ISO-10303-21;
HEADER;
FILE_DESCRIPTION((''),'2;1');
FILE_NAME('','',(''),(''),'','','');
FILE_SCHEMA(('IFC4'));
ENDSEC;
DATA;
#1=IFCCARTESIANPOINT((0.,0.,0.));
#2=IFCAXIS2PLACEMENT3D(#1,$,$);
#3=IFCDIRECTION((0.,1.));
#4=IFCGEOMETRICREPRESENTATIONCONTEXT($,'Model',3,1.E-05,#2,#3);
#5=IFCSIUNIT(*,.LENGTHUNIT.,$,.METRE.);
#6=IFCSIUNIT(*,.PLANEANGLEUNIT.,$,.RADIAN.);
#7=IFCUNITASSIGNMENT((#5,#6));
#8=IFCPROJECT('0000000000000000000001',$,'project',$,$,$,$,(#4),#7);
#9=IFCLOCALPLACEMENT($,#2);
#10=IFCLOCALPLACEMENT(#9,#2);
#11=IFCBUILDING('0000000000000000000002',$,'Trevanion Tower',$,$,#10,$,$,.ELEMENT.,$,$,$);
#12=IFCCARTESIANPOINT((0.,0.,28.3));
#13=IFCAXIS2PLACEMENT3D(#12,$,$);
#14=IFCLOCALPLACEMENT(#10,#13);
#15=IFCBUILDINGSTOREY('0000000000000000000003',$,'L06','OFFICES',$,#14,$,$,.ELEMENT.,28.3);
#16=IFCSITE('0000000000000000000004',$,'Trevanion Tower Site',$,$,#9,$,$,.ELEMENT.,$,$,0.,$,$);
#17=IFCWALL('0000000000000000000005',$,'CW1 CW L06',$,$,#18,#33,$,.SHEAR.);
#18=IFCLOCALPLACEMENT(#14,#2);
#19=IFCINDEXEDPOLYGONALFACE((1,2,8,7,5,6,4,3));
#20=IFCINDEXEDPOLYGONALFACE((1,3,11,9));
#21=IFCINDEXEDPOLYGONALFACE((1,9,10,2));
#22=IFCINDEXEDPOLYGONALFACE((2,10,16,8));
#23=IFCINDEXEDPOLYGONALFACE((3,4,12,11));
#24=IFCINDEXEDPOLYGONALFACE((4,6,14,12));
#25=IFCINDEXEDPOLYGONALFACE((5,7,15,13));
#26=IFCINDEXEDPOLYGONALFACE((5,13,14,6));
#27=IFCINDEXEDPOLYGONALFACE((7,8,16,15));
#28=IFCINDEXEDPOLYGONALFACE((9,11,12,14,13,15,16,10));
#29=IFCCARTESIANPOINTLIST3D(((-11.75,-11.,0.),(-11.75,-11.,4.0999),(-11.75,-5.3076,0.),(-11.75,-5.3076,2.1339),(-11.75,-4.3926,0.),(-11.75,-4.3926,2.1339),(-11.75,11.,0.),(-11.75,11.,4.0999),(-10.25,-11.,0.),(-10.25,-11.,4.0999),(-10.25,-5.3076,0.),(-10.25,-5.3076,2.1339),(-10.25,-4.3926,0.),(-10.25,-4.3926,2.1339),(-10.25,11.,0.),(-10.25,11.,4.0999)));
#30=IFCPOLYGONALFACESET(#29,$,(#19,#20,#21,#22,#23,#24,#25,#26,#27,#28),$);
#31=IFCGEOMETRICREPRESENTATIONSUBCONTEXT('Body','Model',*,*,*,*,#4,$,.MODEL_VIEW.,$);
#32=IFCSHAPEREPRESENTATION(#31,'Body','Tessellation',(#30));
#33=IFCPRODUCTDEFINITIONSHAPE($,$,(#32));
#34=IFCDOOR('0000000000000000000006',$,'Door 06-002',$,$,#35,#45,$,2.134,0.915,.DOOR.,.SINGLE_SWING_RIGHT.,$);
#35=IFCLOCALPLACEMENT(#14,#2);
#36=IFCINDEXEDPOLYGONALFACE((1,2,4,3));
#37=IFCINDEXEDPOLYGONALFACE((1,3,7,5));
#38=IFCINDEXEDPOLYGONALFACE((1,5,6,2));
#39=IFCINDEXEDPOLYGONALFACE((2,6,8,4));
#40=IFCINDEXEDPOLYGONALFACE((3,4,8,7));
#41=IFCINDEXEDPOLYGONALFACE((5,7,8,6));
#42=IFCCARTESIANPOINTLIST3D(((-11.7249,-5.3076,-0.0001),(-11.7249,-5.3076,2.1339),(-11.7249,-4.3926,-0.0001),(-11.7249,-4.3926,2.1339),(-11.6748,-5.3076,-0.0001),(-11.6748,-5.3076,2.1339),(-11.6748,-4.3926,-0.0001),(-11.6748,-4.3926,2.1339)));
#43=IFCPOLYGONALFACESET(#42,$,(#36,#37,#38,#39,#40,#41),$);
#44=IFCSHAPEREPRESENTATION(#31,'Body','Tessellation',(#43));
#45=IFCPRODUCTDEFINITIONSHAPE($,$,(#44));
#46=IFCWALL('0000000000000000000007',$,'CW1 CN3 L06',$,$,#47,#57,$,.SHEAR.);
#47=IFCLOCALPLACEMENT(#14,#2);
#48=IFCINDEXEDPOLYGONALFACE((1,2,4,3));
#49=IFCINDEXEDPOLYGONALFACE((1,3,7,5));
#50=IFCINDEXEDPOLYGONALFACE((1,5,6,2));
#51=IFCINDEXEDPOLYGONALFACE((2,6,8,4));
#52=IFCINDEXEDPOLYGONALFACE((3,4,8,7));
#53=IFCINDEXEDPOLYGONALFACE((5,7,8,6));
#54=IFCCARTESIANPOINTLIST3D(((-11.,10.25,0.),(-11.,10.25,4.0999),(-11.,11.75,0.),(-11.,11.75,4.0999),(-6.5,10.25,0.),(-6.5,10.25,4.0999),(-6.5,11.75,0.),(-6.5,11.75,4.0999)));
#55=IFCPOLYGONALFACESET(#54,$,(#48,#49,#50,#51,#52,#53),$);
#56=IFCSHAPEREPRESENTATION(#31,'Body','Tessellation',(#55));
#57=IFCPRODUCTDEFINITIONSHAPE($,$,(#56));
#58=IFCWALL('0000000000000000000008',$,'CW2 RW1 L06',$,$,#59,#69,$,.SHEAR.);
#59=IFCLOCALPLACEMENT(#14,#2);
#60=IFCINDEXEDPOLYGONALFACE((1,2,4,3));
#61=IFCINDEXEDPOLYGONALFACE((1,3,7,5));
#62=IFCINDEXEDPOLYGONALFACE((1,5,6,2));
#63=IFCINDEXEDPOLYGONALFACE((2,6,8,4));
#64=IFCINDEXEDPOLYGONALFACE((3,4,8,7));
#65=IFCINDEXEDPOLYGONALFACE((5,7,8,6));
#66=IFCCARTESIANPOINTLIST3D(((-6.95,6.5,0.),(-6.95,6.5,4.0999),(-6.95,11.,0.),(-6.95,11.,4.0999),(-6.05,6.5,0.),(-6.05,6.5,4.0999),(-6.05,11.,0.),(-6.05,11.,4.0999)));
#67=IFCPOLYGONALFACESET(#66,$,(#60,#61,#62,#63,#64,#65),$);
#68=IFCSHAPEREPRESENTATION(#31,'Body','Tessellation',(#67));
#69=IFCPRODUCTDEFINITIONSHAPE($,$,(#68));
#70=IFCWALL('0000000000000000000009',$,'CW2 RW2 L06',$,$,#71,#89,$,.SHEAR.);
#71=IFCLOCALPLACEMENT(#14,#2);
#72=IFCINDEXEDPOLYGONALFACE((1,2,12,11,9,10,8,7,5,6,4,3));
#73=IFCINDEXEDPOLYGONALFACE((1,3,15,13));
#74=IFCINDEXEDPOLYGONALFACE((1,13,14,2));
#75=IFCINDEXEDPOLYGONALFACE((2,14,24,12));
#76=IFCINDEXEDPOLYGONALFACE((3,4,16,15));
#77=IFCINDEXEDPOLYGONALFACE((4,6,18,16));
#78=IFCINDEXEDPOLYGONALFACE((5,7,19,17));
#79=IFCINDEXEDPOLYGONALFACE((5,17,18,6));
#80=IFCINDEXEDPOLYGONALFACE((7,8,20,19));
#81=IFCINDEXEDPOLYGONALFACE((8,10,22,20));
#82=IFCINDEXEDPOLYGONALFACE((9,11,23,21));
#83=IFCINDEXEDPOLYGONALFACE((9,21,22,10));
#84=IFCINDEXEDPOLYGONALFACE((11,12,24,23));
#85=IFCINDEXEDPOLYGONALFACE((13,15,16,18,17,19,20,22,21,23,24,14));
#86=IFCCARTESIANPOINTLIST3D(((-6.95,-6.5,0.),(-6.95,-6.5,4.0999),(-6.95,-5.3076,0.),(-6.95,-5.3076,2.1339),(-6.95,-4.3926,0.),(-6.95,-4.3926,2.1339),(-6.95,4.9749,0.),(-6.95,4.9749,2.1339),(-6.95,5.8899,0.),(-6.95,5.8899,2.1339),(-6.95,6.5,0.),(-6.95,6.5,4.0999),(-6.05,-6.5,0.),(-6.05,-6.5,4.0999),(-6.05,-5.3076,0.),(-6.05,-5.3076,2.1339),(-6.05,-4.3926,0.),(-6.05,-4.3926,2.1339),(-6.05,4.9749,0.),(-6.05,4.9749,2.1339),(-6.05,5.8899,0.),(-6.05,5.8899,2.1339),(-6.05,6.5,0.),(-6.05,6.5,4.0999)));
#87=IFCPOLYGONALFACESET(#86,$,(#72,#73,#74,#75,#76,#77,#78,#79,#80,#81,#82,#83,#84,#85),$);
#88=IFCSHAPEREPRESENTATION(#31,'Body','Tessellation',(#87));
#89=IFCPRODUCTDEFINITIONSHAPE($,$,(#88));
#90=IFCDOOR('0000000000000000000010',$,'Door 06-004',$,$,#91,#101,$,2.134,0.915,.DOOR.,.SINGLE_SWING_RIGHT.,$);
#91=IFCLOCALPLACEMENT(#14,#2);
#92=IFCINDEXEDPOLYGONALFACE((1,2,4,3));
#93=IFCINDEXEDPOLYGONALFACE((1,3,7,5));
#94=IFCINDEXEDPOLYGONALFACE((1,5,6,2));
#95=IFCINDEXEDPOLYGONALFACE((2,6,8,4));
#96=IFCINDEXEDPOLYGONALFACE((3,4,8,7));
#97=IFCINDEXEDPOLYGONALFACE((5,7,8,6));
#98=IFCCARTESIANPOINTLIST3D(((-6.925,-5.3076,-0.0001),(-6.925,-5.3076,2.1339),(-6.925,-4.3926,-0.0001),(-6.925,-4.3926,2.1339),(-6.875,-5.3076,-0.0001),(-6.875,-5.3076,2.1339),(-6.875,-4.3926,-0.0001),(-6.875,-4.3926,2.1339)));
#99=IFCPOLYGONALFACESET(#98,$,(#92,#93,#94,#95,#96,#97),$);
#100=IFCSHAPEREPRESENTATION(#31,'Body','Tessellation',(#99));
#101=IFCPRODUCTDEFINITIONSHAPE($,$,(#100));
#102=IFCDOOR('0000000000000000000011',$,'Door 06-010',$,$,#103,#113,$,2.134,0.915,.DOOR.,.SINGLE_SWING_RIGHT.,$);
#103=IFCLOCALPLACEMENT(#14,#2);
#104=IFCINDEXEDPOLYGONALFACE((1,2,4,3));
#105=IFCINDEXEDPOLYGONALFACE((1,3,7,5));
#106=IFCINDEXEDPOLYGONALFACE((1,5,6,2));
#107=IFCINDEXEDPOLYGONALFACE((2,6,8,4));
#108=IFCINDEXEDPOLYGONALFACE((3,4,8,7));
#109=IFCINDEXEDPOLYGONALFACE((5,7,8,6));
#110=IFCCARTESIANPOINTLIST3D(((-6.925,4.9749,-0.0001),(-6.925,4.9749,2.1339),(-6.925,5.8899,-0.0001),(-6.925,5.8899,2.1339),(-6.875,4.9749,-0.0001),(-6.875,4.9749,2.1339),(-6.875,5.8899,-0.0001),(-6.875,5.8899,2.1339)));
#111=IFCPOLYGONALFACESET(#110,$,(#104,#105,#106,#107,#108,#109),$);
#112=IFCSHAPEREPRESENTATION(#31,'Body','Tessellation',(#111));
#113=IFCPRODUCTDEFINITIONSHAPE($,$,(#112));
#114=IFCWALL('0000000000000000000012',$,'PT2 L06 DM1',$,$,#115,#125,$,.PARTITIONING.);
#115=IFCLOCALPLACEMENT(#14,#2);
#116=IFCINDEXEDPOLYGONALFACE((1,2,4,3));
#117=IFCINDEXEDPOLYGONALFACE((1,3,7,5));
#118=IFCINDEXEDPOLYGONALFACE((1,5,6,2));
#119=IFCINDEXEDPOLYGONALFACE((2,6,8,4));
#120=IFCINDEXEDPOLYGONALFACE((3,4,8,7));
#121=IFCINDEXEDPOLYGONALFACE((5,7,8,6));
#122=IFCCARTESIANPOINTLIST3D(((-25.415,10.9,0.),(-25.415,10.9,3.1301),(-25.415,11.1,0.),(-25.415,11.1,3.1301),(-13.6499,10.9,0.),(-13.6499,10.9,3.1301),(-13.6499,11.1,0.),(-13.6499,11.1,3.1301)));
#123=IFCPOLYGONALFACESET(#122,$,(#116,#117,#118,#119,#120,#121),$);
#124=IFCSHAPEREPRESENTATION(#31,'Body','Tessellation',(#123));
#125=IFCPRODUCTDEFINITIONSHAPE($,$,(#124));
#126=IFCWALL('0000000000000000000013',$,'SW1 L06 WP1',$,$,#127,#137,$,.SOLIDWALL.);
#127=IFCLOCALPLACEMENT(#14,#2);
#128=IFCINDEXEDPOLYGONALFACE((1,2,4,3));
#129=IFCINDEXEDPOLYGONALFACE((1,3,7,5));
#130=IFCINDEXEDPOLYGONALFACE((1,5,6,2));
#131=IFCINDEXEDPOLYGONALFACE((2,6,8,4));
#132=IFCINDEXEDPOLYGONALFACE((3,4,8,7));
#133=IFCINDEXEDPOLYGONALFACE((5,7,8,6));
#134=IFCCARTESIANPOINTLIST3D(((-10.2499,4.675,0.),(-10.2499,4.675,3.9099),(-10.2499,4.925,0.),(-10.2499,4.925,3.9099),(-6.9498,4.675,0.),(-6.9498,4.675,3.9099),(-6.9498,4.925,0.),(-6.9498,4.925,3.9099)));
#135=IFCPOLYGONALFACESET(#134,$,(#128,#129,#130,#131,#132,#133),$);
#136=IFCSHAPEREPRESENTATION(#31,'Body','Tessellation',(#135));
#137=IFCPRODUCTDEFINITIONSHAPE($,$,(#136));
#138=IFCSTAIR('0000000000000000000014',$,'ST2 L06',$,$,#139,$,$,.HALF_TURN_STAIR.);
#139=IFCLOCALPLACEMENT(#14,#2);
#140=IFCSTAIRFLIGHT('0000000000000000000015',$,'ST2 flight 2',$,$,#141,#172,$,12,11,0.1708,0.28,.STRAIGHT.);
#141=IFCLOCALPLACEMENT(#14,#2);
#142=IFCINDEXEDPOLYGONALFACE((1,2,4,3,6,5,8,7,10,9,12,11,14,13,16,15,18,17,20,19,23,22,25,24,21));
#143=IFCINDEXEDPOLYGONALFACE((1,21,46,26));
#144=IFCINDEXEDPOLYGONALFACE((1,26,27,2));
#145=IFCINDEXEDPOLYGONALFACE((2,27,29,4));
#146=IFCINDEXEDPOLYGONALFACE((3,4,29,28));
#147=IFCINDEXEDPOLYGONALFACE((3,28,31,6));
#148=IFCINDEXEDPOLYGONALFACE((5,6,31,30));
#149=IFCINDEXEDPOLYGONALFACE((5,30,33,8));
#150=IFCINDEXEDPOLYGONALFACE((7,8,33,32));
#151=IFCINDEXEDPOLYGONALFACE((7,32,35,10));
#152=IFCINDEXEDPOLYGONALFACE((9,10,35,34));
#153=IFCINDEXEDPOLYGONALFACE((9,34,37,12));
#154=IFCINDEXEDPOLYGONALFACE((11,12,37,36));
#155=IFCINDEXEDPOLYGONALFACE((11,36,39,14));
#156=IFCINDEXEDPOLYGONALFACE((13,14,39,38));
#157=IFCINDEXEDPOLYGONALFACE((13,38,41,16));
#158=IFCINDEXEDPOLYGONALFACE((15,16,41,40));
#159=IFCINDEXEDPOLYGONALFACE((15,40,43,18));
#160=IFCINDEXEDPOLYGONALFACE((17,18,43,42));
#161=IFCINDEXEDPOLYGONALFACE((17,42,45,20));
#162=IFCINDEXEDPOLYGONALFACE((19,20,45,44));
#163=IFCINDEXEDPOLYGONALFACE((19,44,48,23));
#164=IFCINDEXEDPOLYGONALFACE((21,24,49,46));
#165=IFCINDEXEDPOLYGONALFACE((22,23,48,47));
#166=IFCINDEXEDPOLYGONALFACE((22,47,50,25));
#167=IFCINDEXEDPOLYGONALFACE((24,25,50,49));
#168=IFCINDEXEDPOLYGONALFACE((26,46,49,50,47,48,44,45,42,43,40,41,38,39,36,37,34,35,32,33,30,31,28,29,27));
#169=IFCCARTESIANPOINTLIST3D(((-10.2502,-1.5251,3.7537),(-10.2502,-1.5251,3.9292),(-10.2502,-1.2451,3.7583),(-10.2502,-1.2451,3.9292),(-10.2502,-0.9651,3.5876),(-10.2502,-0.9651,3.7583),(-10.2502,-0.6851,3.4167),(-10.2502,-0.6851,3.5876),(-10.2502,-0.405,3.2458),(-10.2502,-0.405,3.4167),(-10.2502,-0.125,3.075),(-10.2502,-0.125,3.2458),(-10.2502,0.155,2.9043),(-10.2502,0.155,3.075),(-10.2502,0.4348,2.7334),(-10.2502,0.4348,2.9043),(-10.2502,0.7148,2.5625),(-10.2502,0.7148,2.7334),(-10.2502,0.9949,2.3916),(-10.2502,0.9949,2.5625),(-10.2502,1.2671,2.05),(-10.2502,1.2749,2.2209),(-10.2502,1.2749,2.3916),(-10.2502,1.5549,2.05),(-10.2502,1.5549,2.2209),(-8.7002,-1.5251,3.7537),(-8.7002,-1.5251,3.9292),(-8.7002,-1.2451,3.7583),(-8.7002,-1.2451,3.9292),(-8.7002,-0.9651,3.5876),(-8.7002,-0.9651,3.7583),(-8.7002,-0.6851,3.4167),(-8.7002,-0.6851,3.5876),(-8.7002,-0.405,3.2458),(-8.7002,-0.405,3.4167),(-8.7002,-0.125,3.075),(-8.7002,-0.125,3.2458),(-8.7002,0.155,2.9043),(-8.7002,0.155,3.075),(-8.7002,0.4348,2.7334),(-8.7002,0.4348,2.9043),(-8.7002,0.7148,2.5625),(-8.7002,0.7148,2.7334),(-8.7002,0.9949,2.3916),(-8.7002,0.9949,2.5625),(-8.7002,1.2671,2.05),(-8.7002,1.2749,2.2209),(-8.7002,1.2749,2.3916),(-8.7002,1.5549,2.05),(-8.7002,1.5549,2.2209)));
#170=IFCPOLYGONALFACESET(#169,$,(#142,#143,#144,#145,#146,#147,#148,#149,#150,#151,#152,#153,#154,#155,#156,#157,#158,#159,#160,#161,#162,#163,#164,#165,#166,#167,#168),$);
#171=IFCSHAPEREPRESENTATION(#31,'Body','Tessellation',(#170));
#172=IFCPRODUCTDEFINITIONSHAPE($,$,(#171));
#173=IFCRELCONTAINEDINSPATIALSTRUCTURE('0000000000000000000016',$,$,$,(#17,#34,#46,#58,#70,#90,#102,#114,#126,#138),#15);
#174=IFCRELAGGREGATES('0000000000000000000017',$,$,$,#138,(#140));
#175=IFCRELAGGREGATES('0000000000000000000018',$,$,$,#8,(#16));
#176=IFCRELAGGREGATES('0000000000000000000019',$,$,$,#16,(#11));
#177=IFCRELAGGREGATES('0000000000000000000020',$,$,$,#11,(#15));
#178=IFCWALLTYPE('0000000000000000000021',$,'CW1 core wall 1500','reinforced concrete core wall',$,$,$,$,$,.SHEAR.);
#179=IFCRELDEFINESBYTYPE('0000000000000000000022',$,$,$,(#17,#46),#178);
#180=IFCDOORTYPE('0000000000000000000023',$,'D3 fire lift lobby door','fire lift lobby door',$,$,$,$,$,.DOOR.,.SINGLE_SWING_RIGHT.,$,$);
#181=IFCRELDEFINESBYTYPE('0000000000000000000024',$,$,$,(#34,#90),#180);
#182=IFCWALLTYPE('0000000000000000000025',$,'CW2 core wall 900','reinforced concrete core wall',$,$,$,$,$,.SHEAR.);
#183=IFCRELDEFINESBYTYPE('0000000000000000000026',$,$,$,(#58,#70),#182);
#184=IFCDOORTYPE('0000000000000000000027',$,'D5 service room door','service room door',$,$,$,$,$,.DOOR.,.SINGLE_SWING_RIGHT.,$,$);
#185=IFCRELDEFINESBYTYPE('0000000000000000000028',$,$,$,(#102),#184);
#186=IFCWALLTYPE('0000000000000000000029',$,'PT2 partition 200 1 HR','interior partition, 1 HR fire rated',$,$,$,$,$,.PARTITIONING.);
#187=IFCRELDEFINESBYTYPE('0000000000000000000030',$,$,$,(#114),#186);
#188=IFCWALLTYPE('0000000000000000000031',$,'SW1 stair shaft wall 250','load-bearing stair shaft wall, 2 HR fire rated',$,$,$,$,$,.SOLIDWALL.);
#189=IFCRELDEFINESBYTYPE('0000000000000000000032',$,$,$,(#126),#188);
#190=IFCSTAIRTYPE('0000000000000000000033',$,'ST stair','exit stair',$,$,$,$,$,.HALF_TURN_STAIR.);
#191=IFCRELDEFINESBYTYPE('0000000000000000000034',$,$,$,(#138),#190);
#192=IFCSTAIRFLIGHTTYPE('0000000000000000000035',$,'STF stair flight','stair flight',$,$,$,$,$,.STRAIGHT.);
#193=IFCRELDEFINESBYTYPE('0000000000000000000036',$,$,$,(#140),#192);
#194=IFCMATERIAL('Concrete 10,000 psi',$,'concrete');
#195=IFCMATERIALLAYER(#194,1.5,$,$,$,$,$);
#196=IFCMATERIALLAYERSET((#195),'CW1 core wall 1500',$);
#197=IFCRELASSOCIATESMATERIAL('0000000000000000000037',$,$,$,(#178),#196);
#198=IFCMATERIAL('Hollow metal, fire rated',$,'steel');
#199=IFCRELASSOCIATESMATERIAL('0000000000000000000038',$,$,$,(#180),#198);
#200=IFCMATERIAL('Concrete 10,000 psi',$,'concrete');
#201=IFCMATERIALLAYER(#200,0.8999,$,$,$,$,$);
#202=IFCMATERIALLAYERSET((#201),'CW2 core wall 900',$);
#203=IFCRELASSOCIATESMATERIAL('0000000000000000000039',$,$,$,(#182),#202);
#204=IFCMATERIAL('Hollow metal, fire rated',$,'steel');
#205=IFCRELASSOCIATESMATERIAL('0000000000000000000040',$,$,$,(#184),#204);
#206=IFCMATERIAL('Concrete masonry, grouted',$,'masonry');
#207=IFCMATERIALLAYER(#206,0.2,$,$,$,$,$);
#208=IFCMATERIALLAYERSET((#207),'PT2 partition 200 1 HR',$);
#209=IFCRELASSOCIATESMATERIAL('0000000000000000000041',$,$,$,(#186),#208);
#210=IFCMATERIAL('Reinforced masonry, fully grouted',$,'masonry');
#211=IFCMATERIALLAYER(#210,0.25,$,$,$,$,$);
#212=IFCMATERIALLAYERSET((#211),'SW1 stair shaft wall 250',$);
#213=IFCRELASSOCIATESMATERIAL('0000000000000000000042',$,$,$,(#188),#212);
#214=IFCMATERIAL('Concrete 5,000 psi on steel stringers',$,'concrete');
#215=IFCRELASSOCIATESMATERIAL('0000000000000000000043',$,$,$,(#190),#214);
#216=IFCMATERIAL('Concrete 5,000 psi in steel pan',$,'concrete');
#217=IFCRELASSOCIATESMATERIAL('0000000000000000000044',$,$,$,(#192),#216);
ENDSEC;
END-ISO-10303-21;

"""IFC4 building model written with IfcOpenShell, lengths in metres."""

from ifc_helpers import new_model, si_unit, direction, frame, frame_2d, origin, place, context, subcontext, project, spatial, polyline, rectangle, outline, extrude, material, layer, layer_set, type_object, element, fill, aggregate, save


model = new_model("IFC4")

# Units and contexts
model_context = context("Model", 3, precision=1e-05, world=origin(), true_north=direction((0.0, 1.0)))
body_context = subcontext(model_context, "Body", "Model", "MODEL_VIEW")
ifc_project = project(units=[si_unit("LENGTHUNIT", "METRE"), si_unit("PLANEANGLEUNIT", "RADIAN")], contexts=[model_context])

# Site, building, storey
site_placement = place(None, origin())
site = spatial("IfcSite", under=ifc_project, at=site_placement, Name="Trevanion Tower Site", CompositionType="ELEMENT", RefElevation=0.0)
building_placement = place(site_placement, origin())
building = spatial("IfcBuilding", under=site, at=building_placement, Name="Trevanion Tower", CompositionType="ELEMENT")
storey_placement = place(building_placement, frame((0.0, 0.0, 28.3)))
storey = spatial("IfcBuildingStorey", under=building, at=storey_placement, Name="L06", Description="OFFICES", CompositionType="ELEMENT", Elevation=28.3)

# Wall, opening, door
ifc_material_1 = material(Name="Concrete 10,000 psi", Category="concrete")
ifc_layer_1 = layer(ifc_material_1, 1.5)
ifc_layer_set_1 = layer_set([ifc_layer_1], Name="CW1 core wall 1500")
wall_type_1 = type_object("IfcWallType", Name="CW1 core wall 1500", Description="reinforced concrete core wall", PredefinedType="SHEAR", material=ifc_layer_set_1)
wall_1_placement = place(storey_placement, frame((-11.0, 11.0, 0.0), z_axis=(0.0, 0.0, 1.0), x_axis=(0.0, -1.0, 0.0)))
wall_1 = element("IfcWall", 1, at=wall_1_placement, inside=storey, type_object=wall_type_1, Name="CW1 CW L06", PredefinedType="SHEAR", context=body_context, shape_type="SweptSolid", body=[
    extrude(rectangle(XDim=22.0, YDim=1.5, at=frame_2d((11.0, 0.0))), origin(), (0.0, 0.0, 1.0), 4.0999),
])
opening_1_placement = place(wall_1_placement, frame((15.3926, 0.0, 0.0)))
opening_1 = element("IfcOpeningElement", 2, at=opening_1_placement, cuts=wall_1, PredefinedType="OPENING", context=body_context, shape_type="SweptSolid", body=[
    extrude(rectangle(XDim=0.915, YDim=2.134, at=frame_2d((0.4575, 1.0669))), frame((0.0, 0.76, 0.0), z_axis=(0.0, -1.0, 0.0), x_axis=(1.0, 0.0, 0.0)), (0.0, 0.0, 1.0), 1.52),
])
ifc_material_2 = material(Name="Hollow metal, fire rated", Category="steel")
door_type_1 = type_object("IfcDoorType", Name="D3 fire lift lobby door", Description="fire lift lobby door", OperationType="SINGLE_SWING_RIGHT", PredefinedType="DOOR", material=ifc_material_2)
door_1_placement = place(opening_1_placement, origin())
door_1 = element("IfcDoor", 3, at=door_1_placement, inside=storey, type_object=door_type_1, Name="Door 06-002", OperationType="SINGLE_SWING_RIGHT", OverallHeight=2.134, OverallWidth=0.915, PredefinedType="DOOR", context=body_context, shape_type="SweptSolid", body=[
    extrude(rectangle(XDim=0.915, YDim=2.134, at=frame_2d((0.4575, 1.0669))), frame((0.0, -0.6748, 0.0), z_axis=(0.0, -1.0, 0.0), x_axis=(1.0, 0.0, 0.0)), (0.0, 0.0, 1.0), 0.05),
])
fill(opening_1, door_1)

# Walls
wall_2_placement = place(storey_placement, frame((-6.5, 11.0, 0.0), z_axis=(0.0, 0.0, 1.0), x_axis=(-1.0, 0.0, 0.0)))
element("IfcWall", 4, at=wall_2_placement, inside=storey, type_object=wall_type_1, Name="CW1 CN3 L06", PredefinedType="SHEAR", context=body_context, shape_type="SweptSolid", body=[
    extrude(rectangle(XDim=4.5, YDim=1.5, at=frame_2d((2.25, 0.0))), origin(), (0.0, 0.0, 1.0), 4.0999),
])
ifc_material_3 = material(Name="Concrete 10,000 psi", Category="concrete")
ifc_layer_2 = layer(ifc_material_3, 0.8999)
ifc_layer_set_2 = layer_set([ifc_layer_2], Name="CW2 core wall 900")
wall_type_2 = type_object("IfcWallType", Name="CW2 core wall 900", Description="reinforced concrete core wall", PredefinedType="SHEAR", material=ifc_layer_set_2)
wall_3_placement = place(storey_placement, frame((-6.5, 11.0, 0.0), z_axis=(0.0, 0.0, 1.0), x_axis=(0.0, -1.0, 0.0)))
element("IfcWall", 5, at=wall_3_placement, inside=storey, type_object=wall_type_2, Name="CW2 RW1 L06", PredefinedType="SHEAR", context=body_context, shape_type="SweptSolid", body=[
    extrude(rectangle(XDim=4.5, YDim=0.8999, at=frame_2d((2.25, 0.0))), origin(), (0.0, 0.0, 1.0), 4.0999),
])

# Wall, openings, doors
wall_4_placement = place(storey_placement, frame((-6.5, 6.5, 0.0), z_axis=(0.0, 0.0, 1.0), x_axis=(0.0, -1.0, 0.0)))
wall_4 = element("IfcWall", 6, at=wall_4_placement, inside=storey, type_object=wall_type_2, Name="CW2 RW2 L06", PredefinedType="SHEAR", context=body_context, shape_type="SweptSolid", body=[
    extrude(rectangle(XDim=13.0, YDim=0.8999, at=frame_2d((6.5, 0.0))), origin(), (0.0, 0.0, 1.0), 4.0999),
])
opening_2_placement = place(wall_4_placement, frame((10.8926, 0.0, 0.0)))
opening_2 = element("IfcOpeningElement", 7, at=opening_2_placement, cuts=wall_4, PredefinedType="OPENING", context=body_context, shape_type="SweptSolid", body=[
    extrude(rectangle(XDim=0.915, YDim=2.134, at=frame_2d((0.4575, 1.0669))), frame((0.0, 0.46, 0.0), z_axis=(0.0, -1.0, 0.0), x_axis=(1.0, 0.0, 0.0)), (0.0, 0.0, 1.0), 0.9199),
])
opening_3_placement = place(wall_4_placement, frame((0.6101, 0.0, 0.0)))
opening_3 = element("IfcOpeningElement", 8, at=opening_3_placement, cuts=wall_4, PredefinedType="OPENING", context=body_context, shape_type="SweptSolid", body=[
    extrude(rectangle(XDim=0.915, YDim=2.134, at=frame_2d((0.4575, 1.0669))), frame((0.0, 0.46, 0.0), z_axis=(0.0, -1.0, 0.0), x_axis=(1.0, 0.0, 0.0)), (0.0, 0.0, 1.0), 0.9199),
])
door_2_placement = place(opening_2_placement, origin())
door_2 = element("IfcDoor", 9, at=door_2_placement, inside=storey, type_object=door_type_1, Name="Door 06-004", OperationType="SINGLE_SWING_RIGHT", OverallHeight=2.134, OverallWidth=0.915, PredefinedType="DOOR", context=body_context, shape_type="SweptSolid", body=[
    extrude(rectangle(XDim=0.915, YDim=2.134, at=frame_2d((0.4575, 1.0669))), frame((0.0, -0.375, 0.0), z_axis=(0.0, -1.0, 0.0), x_axis=(1.0, 0.0, 0.0)), (0.0, 0.0, 1.0), 0.05),
])
fill(opening_2, door_2)
ifc_material_4 = material(Name="Hollow metal, fire rated", Category="steel")
door_type_2 = type_object("IfcDoorType", Name="D5 service room door", Description="service room door", OperationType="SINGLE_SWING_RIGHT", PredefinedType="DOOR", material=ifc_material_4)
door_3_placement = place(opening_3_placement, origin())
door_3 = element("IfcDoor", 10, at=door_3_placement, inside=storey, type_object=door_type_2, Name="Door 06-010", OperationType="SINGLE_SWING_RIGHT", OverallHeight=2.134, OverallWidth=0.915, PredefinedType="DOOR", context=body_context, shape_type="SweptSolid", body=[
    extrude(rectangle(XDim=0.915, YDim=2.134, at=frame_2d((0.4575, 1.0669))), frame((0.0, -0.375, 0.0), z_axis=(0.0, -1.0, 0.0), x_axis=(1.0, 0.0, 0.0)), (0.0, 0.0, 1.0), 0.05),
])
fill(opening_3, door_3)

# Walls
ifc_material_5 = material(Name="Concrete masonry, grouted", Category="masonry")
ifc_layer_3 = layer(ifc_material_5, 0.2)
ifc_layer_set_3 = layer_set([ifc_layer_3], Name="PT2 partition 200 1 HR")
wall_type_3 = type_object("IfcWallType", Name="PT2 partition 200 1 HR", Description="interior partition, 1 HR fire rated", PredefinedType="PARTITIONING", material=ifc_layer_set_3)
wall_5_placement = place(storey_placement, frame((-13.6499, 11.0, 0.0), z_axis=(0.0, 0.0, 1.0), x_axis=(-1.0, 0.0, 0.0)))
element("IfcWall", 11, at=wall_5_placement, inside=storey, type_object=wall_type_3, Name="PT2 L06 DM1", PredefinedType="PARTITIONING", context=body_context, shape_type="SweptSolid", body=[
    extrude(rectangle(XDim=11.7651, YDim=0.2, at=frame_2d((5.8826, 0.0))), origin(), (0.0, 0.0, 1.0), 3.1301),
])
ifc_material_6 = material(Name="Reinforced masonry, fully grouted", Category="masonry")
ifc_layer_4 = layer(ifc_material_6, 0.25)
ifc_layer_set_4 = layer_set([ifc_layer_4], Name="SW1 stair shaft wall 250")
wall_type_4 = type_object("IfcWallType", Name="SW1 stair shaft wall 250", Description="load-bearing stair shaft wall, 2 HR fire rated", PredefinedType="SOLIDWALL", material=ifc_layer_set_4)
wall_6_placement = place(storey_placement, frame((-6.95, 4.8, 0.0), z_axis=(0.0, 0.0, 1.0), x_axis=(-1.0, 0.0, 0.0)))
element("IfcWall", 12, at=wall_6_placement, inside=storey, type_object=wall_type_4, Name="SW1 L06 WP1", PredefinedType="SOLIDWALL", context=body_context, shape_type="SweptSolid", body=[
    extrude(rectangle(XDim=3.3, YDim=0.25, at=frame_2d((1.6499, 0.0))), origin(), (0.0, 0.0, 1.0), 3.9099),
])

# Stair, stair flight
ifc_material_7 = material(Name="Concrete 5,000 psi on steel stringers", Category="concrete")
stair_type = type_object("IfcStairType", Name="ST stair", Description="exit stair", PredefinedType="HALF_TURN_STAIR", material=ifc_material_7)
stair_placement = place(storey_placement, origin())
stair = element("IfcStair", 13, at=stair_placement, inside=storey, type_object=stair_type, Name="ST2 L06", PredefinedType="HALF_TURN_STAIR")
ifc_material_8 = material(Name="Concrete 5,000 psi in steel pan", Category="concrete")
stair_flight_type = type_object("IfcStairFlightType", Name="STF stair flight", Description="stair flight", PredefinedType="STRAIGHT", material=ifc_material_8)
stair_flight_placement = place(storey_placement, frame((-9.4751, 1.5549, 2.05), z_axis=(0.0, 0.0, 1.0), x_axis=(0.0, -1.0, 0.0)))
stair_flight = element("IfcStairFlight", 14, at=stair_flight_placement, type_object=stair_flight_type, Name="ST2 flight 2", NumberOfRisers=12, NumberOfTreads=11, PredefinedType="STRAIGHT", RiserHeight=0.1708, TreadLength=0.28, context=body_context, shape_type="SweptSolid", body=[
    extrude(outline(polyline([(0.0, 0.0), (0.0, 0.1709), (0.28, 0.1709), (0.28, 0.3416), (0.5601, 0.3416), (0.5601, 0.5125), (0.8401, 0.5125), (0.8401, 0.6833), (1.1201, 0.6833), (1.1201, 0.8542), (1.3999, 0.8542), (1.3999, 1.0249), (1.6799, 1.0249), (1.6799, 1.1958), (1.96, 1.1958), (1.96, 1.3667), (2.24, 1.3667), (2.24, 1.5376), (2.52, 1.5376), (2.52, 1.7083), (2.8, 1.7083), (2.8, 1.8792), (3.0801, 1.8792), (3.0801, 2.05), (3.0801, 1.7036), (0.2878, 0.0), (0.0, 0.0)])), frame((0.0, 0.7749, 0.0), z_axis=(0.0, -1.0, 0.0), x_axis=(1.0, 0.0, 0.0)), (0.0, 0.0, 1.0), 1.55),
])
aggregate(stair, [stair_flight])

save(model, "model.ifc")
